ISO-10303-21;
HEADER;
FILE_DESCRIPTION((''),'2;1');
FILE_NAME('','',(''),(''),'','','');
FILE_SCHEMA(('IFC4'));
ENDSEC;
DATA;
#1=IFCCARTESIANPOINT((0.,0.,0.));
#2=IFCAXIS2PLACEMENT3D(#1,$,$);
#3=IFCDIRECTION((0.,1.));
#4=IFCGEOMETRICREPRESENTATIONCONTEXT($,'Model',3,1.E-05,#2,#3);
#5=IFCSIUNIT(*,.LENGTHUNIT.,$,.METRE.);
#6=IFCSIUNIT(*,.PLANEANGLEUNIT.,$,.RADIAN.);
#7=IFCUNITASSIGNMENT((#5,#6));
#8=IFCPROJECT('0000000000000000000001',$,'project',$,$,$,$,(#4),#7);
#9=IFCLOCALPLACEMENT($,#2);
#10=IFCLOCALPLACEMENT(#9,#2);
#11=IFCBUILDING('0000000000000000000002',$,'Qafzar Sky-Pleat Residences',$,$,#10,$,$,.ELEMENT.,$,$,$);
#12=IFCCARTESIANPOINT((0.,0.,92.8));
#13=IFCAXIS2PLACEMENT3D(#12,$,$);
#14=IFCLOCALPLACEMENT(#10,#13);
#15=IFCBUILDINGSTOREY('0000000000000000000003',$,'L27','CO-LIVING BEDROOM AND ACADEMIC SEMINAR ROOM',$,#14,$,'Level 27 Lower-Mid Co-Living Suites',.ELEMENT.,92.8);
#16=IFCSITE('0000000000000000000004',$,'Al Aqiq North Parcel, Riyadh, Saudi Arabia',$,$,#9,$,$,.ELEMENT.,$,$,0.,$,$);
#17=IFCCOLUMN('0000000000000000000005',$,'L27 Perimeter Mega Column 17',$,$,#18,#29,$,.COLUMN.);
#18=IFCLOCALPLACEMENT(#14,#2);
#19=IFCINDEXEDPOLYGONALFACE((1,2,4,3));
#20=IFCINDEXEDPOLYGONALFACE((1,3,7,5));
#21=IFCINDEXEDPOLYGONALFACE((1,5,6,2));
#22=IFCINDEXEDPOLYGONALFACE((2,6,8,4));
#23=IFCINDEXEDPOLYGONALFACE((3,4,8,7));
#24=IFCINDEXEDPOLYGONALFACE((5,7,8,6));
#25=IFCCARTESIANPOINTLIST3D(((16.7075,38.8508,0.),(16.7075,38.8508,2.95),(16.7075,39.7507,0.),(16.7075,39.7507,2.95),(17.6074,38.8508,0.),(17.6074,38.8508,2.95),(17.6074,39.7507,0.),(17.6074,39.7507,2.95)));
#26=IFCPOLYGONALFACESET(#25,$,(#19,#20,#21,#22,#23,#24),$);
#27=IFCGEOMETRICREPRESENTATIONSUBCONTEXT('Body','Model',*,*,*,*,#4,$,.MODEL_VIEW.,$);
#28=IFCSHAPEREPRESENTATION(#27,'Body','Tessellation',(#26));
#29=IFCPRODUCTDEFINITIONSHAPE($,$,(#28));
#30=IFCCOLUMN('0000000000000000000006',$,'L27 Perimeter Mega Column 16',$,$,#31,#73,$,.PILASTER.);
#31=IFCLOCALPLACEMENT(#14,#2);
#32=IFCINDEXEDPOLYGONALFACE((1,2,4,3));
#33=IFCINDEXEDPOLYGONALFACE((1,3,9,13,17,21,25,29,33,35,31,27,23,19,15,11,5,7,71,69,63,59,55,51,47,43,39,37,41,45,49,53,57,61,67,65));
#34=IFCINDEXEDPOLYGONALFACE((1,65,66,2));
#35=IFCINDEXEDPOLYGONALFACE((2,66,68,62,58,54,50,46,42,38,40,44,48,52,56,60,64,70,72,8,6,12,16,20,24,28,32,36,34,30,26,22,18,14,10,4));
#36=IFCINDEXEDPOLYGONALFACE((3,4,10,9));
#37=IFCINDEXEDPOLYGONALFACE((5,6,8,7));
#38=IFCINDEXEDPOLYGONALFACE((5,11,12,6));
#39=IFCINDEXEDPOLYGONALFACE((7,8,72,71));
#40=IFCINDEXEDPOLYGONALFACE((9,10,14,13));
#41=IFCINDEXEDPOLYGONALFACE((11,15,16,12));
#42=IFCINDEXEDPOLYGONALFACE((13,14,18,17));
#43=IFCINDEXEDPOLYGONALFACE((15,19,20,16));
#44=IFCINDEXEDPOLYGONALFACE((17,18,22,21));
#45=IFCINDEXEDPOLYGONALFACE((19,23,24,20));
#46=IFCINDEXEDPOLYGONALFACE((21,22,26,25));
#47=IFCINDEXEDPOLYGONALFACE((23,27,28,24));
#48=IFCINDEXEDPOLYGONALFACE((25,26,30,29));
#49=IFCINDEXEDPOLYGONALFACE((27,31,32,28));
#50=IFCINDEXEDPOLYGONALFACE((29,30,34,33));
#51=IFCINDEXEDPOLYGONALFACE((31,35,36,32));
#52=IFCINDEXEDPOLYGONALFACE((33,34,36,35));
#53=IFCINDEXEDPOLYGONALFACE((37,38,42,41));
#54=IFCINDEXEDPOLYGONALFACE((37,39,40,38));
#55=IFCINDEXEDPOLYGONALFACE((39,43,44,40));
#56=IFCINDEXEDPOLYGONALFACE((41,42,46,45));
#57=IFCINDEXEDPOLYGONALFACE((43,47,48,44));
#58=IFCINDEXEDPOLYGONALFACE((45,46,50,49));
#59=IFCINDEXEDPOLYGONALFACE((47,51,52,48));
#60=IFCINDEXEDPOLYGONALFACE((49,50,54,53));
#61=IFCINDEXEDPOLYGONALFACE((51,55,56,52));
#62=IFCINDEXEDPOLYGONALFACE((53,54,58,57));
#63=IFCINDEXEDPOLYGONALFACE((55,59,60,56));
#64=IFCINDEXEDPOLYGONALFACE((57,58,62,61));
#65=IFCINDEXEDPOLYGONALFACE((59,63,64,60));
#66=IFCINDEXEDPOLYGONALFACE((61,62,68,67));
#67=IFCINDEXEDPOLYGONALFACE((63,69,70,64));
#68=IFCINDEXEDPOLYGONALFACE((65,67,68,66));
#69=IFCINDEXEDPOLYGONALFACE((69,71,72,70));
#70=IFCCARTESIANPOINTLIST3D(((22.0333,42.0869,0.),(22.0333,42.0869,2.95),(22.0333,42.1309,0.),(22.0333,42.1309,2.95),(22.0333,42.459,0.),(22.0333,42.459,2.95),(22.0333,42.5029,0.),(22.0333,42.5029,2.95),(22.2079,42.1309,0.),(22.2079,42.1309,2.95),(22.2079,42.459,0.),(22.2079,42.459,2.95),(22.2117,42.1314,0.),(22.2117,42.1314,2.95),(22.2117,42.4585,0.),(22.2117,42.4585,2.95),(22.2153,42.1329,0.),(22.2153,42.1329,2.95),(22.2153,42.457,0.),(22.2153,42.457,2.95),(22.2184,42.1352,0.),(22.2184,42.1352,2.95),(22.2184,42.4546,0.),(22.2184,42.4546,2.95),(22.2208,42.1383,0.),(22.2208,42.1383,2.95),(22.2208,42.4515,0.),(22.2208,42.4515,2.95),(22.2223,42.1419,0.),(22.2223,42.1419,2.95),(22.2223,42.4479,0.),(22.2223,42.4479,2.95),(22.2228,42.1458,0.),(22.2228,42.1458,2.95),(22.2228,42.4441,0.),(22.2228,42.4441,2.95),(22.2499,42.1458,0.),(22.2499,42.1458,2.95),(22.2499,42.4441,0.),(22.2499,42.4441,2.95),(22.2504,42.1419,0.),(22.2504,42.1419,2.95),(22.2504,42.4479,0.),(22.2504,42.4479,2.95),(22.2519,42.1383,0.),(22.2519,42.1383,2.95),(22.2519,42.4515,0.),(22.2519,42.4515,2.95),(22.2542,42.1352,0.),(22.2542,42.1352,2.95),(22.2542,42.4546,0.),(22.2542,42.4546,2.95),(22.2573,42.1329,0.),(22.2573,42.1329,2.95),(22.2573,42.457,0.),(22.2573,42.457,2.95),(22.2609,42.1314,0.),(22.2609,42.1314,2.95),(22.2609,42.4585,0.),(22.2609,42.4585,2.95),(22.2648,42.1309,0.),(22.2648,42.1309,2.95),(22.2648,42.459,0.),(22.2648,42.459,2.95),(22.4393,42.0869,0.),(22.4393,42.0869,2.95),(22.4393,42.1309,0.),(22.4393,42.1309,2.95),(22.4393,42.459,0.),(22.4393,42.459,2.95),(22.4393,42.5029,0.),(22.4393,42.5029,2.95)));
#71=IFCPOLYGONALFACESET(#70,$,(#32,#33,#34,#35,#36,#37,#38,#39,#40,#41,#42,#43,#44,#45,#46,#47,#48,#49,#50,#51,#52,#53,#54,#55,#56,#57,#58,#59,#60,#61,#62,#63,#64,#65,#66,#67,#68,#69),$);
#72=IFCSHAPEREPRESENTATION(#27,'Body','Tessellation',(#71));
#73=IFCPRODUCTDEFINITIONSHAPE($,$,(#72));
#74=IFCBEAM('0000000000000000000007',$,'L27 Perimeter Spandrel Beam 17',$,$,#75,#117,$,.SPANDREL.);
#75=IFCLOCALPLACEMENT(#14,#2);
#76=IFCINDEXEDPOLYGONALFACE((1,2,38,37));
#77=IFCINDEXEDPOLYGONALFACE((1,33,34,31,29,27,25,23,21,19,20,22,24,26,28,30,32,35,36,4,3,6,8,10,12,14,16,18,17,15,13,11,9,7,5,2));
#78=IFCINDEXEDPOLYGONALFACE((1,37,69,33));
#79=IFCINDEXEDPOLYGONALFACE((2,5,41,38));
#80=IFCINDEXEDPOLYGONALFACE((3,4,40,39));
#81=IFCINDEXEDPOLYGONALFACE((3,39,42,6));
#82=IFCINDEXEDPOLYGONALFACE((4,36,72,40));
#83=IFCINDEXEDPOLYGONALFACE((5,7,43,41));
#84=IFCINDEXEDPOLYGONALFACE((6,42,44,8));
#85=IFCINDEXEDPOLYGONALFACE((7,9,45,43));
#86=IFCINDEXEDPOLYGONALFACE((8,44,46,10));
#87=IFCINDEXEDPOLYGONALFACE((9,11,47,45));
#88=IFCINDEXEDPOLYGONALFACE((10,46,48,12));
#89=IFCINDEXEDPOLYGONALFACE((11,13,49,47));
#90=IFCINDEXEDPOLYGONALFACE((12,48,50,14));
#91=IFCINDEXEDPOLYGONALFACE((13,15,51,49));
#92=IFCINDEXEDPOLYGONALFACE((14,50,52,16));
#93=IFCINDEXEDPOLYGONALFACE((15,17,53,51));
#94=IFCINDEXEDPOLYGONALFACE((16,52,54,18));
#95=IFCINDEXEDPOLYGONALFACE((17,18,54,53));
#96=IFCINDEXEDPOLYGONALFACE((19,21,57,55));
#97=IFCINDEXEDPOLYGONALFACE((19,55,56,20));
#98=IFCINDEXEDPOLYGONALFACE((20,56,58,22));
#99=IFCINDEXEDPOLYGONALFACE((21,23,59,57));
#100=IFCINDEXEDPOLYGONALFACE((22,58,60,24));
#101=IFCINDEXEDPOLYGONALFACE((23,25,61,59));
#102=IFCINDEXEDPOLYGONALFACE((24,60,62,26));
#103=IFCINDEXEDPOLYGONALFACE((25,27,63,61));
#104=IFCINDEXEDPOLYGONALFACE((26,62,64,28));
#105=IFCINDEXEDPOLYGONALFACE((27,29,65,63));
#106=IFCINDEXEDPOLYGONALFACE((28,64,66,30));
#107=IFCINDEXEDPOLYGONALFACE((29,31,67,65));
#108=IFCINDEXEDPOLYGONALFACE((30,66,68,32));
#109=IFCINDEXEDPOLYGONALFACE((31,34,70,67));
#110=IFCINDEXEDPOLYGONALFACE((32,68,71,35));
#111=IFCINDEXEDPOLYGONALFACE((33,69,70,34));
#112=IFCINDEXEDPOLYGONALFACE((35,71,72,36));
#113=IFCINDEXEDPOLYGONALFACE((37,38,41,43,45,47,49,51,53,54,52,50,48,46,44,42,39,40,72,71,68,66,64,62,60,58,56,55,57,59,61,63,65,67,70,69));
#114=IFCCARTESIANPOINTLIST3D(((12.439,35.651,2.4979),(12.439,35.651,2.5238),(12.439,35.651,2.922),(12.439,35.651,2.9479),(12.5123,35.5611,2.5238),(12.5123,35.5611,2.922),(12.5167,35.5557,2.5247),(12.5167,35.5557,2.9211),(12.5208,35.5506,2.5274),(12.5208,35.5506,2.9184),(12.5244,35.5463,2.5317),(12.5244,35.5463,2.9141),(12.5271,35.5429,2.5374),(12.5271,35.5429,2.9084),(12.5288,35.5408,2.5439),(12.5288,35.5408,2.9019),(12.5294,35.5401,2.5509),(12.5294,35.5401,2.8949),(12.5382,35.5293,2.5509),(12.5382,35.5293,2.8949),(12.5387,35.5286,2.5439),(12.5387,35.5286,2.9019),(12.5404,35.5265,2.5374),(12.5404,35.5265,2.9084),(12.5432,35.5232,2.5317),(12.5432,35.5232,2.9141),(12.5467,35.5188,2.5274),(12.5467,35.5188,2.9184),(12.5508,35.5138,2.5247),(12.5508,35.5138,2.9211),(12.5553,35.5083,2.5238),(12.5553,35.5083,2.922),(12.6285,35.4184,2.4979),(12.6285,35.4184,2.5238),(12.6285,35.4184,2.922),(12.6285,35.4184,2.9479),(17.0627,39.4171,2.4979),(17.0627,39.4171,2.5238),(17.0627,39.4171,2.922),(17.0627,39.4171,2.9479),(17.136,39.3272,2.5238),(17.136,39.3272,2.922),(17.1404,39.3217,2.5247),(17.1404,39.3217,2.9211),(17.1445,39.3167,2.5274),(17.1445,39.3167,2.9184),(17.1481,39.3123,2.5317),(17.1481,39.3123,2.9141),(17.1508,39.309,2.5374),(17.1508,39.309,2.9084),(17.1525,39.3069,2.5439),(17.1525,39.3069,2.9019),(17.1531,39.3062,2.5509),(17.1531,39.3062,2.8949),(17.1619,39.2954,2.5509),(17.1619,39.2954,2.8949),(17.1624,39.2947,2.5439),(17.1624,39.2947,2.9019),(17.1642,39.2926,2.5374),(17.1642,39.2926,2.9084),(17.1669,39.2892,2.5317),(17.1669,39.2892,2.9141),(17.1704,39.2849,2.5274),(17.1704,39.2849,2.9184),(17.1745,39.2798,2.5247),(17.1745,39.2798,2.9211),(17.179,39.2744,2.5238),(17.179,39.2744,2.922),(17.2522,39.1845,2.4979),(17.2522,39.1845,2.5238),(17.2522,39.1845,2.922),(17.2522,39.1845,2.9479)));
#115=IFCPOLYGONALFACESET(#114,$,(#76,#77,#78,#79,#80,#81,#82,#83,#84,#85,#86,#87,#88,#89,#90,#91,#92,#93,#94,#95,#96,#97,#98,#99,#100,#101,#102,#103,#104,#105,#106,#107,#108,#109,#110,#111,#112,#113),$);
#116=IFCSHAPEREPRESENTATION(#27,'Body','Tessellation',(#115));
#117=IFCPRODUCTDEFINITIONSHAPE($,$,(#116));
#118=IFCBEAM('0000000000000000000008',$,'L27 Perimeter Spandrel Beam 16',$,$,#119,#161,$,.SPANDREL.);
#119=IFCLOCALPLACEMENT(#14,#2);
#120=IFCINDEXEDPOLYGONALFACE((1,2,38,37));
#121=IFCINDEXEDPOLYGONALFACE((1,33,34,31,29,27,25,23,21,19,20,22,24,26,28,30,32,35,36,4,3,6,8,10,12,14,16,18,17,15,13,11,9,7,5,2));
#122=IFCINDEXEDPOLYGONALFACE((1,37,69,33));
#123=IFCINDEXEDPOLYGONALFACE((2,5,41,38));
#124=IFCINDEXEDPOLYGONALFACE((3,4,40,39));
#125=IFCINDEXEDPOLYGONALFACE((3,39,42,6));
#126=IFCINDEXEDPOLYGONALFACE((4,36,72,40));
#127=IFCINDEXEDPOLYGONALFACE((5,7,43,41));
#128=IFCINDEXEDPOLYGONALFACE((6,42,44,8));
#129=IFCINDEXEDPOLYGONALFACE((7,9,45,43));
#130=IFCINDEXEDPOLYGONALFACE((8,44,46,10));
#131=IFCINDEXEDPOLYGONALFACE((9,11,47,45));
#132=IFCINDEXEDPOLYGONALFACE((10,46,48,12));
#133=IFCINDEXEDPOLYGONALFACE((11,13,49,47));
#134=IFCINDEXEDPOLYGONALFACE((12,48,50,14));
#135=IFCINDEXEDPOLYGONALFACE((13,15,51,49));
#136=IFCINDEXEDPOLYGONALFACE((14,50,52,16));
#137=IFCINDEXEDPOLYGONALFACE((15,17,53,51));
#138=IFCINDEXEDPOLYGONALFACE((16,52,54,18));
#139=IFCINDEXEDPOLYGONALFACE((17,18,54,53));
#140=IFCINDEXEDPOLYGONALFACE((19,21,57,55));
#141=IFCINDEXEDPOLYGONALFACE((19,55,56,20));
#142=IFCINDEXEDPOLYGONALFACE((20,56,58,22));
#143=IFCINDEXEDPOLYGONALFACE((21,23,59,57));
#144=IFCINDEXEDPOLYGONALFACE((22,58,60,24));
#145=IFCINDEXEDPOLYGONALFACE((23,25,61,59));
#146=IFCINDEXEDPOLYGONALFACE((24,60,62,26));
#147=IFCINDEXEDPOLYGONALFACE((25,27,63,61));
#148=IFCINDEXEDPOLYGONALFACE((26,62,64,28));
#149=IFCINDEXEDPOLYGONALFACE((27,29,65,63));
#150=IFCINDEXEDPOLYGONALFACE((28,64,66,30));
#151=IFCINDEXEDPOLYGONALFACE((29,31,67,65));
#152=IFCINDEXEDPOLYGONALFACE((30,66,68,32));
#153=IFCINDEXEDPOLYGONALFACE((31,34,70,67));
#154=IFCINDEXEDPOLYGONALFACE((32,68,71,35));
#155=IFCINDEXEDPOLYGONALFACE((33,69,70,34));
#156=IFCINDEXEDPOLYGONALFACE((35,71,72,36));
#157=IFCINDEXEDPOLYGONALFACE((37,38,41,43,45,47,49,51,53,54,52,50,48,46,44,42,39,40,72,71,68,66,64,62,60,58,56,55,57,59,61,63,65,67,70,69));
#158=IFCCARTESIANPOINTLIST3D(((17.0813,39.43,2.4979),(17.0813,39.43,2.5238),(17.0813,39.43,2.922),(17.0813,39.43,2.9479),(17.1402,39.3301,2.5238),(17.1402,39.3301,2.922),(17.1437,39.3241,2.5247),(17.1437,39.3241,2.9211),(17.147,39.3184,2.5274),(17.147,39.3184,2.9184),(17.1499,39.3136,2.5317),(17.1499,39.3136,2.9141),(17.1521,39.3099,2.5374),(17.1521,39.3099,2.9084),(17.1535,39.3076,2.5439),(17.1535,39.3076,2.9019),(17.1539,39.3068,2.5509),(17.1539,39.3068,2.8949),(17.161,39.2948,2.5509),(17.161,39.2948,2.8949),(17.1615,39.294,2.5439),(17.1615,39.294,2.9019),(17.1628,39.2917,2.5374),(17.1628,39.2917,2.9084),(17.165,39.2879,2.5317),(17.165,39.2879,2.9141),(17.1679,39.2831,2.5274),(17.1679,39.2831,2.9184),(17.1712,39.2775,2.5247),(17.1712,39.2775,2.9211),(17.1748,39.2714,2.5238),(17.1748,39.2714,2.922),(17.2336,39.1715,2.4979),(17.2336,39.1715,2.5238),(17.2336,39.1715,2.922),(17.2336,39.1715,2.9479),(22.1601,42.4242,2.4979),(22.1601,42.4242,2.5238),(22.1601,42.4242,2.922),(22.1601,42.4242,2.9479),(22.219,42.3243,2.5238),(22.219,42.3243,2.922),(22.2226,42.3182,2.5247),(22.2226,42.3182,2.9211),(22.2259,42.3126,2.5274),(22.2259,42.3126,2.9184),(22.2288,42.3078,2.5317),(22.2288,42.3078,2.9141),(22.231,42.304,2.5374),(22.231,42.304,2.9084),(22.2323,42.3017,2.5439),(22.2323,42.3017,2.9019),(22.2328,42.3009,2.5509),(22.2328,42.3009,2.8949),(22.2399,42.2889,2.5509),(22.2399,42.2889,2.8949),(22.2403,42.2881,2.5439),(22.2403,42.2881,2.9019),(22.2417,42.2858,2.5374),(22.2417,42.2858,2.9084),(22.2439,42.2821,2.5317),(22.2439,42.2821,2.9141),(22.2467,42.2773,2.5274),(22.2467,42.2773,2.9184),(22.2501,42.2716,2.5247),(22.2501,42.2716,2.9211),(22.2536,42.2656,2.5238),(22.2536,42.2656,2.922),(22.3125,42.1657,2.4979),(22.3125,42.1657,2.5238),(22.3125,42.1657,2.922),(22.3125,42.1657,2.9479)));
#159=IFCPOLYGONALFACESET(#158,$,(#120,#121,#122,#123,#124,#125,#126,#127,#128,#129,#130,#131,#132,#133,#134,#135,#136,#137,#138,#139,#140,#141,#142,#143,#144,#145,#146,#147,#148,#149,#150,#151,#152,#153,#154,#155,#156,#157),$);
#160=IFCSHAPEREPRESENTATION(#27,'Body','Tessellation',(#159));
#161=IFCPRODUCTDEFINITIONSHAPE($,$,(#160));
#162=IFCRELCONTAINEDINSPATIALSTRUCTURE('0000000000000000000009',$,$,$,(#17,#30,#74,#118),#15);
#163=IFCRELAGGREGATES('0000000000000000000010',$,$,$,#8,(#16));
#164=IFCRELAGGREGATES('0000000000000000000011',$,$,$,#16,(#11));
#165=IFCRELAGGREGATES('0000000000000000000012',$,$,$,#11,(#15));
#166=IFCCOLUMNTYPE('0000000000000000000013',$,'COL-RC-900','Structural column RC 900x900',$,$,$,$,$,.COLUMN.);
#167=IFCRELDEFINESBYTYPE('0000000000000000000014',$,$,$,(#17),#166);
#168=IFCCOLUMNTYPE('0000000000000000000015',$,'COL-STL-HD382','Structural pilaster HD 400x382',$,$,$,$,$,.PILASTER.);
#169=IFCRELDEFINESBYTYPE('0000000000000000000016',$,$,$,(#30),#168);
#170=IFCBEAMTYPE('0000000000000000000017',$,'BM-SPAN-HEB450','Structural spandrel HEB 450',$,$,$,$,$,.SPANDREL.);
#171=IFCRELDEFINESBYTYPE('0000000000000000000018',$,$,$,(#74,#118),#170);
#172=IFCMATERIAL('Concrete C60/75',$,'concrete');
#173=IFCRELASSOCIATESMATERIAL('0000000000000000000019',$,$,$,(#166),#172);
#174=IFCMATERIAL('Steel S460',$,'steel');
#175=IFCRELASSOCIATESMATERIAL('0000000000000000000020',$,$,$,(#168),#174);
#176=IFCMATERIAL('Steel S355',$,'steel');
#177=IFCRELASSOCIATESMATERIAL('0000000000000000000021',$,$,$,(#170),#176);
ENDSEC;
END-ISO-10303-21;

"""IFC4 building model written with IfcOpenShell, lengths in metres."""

from ifc_helpers import new_model, si_unit, direction, frame, origin, origin_2d, place, context, subcontext, project, spatial, rectangle, i_section, extrude, source, transform, mapped, material, material_profile, profile_set, type_object, element, save


model = new_model("IFC4")

# Units and contexts
model_context = context("Model", 3, precision=1e-05, world=origin(), true_north=direction((0.0, 1.0)))
body_context = subcontext(model_context, "Body", "Model", "MODEL_VIEW")
ifc_project = project(units=[si_unit("LENGTHUNIT", "METRE"), si_unit("PLANEANGLEUNIT", "RADIAN")], contexts=[model_context])

# Site, building, storey
site_placement = place(None, origin())
site = spatial("IfcSite", under=ifc_project, at=site_placement, Name="Al Aqiq North Parcel, Riyadh, Saudi Arabia", CompositionType="ELEMENT", RefElevation=0.0)
building_placement = place(site_placement, origin())
building = spatial("IfcBuilding", under=site, at=building_placement, Name="Qafzar Sky-Pleat Residences", CompositionType="ELEMENT")
storey_placement = place(building_placement, frame((0.0, 0.0, 92.8)))
storey = spatial("IfcBuildingStorey", under=building, at=storey_placement, Name="L27", Description="CO-LIVING BEDROOM AND ACADEMIC SEMINAR ROOM", LongName="Level 27 Lower-Mid Co-Living Suites", CompositionType="ELEMENT", Elevation=92.8)

# Columns
ifc_material_1 = material(Name="Concrete C60/75", Category="concrete")
ifc_material_profile_1 = material_profile(ifc_material_1, rectangle(XDim=0.8999, YDim=0.8999, at=origin_2d()), Name="RC 900x900")
ifc_profile_set_1 = profile_set([ifc_material_profile_1], Name="Concrete C60/75")
column_type_1 = type_object("IfcColumnType", Name="COL-RC-900", Description="Structural column RC 900x900", PredefinedType="COLUMN", material=ifc_profile_set_1)
shared_shape_1 = source(origin(), body_context, "Body", "SweptSolid", [
    extrude(rectangle(XDim=0.8999, YDim=0.8999, at=origin_2d()), origin(), (0.0, 0.0, 1.0), 2.95),
])
column_1_placement = place(storey_placement, frame((17.1575, 39.3008, 0.0), z_axis=(0.0, 0.0, 1.0), x_axis=(1.0, 0.0, 0.0)))
element("IfcColumn", 1, at=column_1_placement, inside=storey, type_object=column_type_1, Name="L27 Perimeter Mega Column 17", PredefinedType="COLUMN", context=body_context, shape_type="MappedRepresentation", body=[
    mapped(shared_shape_1, transform((0.0, 0.0, 0.0), x_axis=(1.0, 0.0, 0.0), y_axis=(0.0, 1.0, 0.0), z_axis=(0.0, 0.0, 1.0), scale=1.0)),
])
ifc_material_2 = material(Name="Steel S460", Category="steel")
ifc_material_profile_2 = material_profile(ifc_material_2, i_section(OverallWidth=0.406, OverallDepth=0.416, WebThickness=0.0271, FlangeThickness=0.0439, FilletRadius=0.0149, at=origin_2d()), Name="HD 400x382")
ifc_profile_set_2 = profile_set([ifc_material_profile_2], Name="Steel S460")
column_type_2 = type_object("IfcColumnType", Name="COL-STL-HD382", Description="Structural pilaster HD 400x382", PredefinedType="PILASTER", material=ifc_profile_set_2)
shared_shape_2 = source(origin(), body_context, "Body", "SweptSolid", [
    extrude(i_section(OverallWidth=0.406, OverallDepth=0.416, WebThickness=0.0271, FlangeThickness=0.0439, FilletRadius=0.0149, at=origin_2d()), origin(), (0.0, 0.0, 1.0), 2.95),
])
column_2_placement = place(storey_placement, frame((22.2363, 42.2949, 0.0), z_axis=(0.0, 0.0, 1.0), x_axis=(1.0, 0.0, 0.0)))
element("IfcColumn", 2, at=column_2_placement, inside=storey, type_object=column_type_2, Name="L27 Perimeter Mega Column 16", PredefinedType="PILASTER", context=body_context, shape_type="MappedRepresentation", body=[
    mapped(shared_shape_2, transform((0.0, 0.0, 0.0), x_axis=(1.0, 0.0, 0.0), y_axis=(0.0, 1.0, 0.0), z_axis=(0.0, 0.0, 1.0), scale=1.0)),
])

# Beams
ifc_material_3 = material(Name="Steel S355", Category="steel")
ifc_material_profile_3 = material_profile(ifc_material_3, i_section(OverallWidth=0.3, OverallDepth=0.45, WebThickness=0.0139, FlangeThickness=0.0259, FilletRadius=0.0271, at=origin_2d()), Name="HEB 450")
ifc_profile_set_3 = profile_set([ifc_material_profile_3], Name="Steel S355")
beam_type_1 = type_object("IfcBeamType", Name="BM-SPAN-HEB450", Description="Structural spandrel HEB 450", PredefinedType="SPANDREL", material=ifc_profile_set_3)
shared_shape_3 = source(origin(), body_context, "Body", "SweptSolid", [
    extrude(i_section(OverallWidth=0.3, OverallDepth=0.45, WebThickness=0.0139, FlangeThickness=0.0259, FilletRadius=0.0271, at=origin_2d()), origin(), (0.0, 0.0, 1.0), 5.9634),
])
beam_1_placement = place(storey_placement, frame((17.1575, 39.3008, 2.7229), z_axis=(-0.775351, -0.631531, 0.0), x_axis=(0.631531, -0.775351, 0.0)))
element("IfcBeam", 3, at=beam_1_placement, inside=storey, type_object=beam_type_1, Name="L27 Perimeter Spandrel Beam 17", PredefinedType="SPANDREL", context=body_context, shape_type="MappedRepresentation", body=[
    mapped(shared_shape_3, transform((0.0, 0.0, 0.0), x_axis=(1.0, 0.0, 0.0), y_axis=(0.0, 1.0, 0.0), z_axis=(0.0, 0.0, 1.0), scale=1.0)),
])
shared_shape_4 = source(origin(), body_context, "Body", "SweptSolid", [
    extrude(i_section(OverallWidth=0.3, OverallDepth=0.45, WebThickness=0.0139, FlangeThickness=0.0259, FilletRadius=0.0271, at=origin_2d()), origin(), (0.0, 0.0, 1.0), 5.8958),
])
beam_2_placement = place(storey_placement, frame((22.2363, 42.2949, 2.7229), z_axis=(-0.861446, -0.507849, 0.0), x_axis=(0.507849, -0.861446, 0.0)))
element("IfcBeam", 4, at=beam_2_placement, inside=storey, type_object=beam_type_1, Name="L27 Perimeter Spandrel Beam 16", PredefinedType="SPANDREL", context=body_context, shape_type="MappedRepresentation", body=[
    mapped(shared_shape_4, transform((0.0, 0.0, 0.0), x_axis=(1.0, 0.0, 0.0), y_axis=(0.0, 1.0, 0.0), z_axis=(0.0, 0.0, 1.0), scale=1.0)),
])

save(model, "model.ifc")
